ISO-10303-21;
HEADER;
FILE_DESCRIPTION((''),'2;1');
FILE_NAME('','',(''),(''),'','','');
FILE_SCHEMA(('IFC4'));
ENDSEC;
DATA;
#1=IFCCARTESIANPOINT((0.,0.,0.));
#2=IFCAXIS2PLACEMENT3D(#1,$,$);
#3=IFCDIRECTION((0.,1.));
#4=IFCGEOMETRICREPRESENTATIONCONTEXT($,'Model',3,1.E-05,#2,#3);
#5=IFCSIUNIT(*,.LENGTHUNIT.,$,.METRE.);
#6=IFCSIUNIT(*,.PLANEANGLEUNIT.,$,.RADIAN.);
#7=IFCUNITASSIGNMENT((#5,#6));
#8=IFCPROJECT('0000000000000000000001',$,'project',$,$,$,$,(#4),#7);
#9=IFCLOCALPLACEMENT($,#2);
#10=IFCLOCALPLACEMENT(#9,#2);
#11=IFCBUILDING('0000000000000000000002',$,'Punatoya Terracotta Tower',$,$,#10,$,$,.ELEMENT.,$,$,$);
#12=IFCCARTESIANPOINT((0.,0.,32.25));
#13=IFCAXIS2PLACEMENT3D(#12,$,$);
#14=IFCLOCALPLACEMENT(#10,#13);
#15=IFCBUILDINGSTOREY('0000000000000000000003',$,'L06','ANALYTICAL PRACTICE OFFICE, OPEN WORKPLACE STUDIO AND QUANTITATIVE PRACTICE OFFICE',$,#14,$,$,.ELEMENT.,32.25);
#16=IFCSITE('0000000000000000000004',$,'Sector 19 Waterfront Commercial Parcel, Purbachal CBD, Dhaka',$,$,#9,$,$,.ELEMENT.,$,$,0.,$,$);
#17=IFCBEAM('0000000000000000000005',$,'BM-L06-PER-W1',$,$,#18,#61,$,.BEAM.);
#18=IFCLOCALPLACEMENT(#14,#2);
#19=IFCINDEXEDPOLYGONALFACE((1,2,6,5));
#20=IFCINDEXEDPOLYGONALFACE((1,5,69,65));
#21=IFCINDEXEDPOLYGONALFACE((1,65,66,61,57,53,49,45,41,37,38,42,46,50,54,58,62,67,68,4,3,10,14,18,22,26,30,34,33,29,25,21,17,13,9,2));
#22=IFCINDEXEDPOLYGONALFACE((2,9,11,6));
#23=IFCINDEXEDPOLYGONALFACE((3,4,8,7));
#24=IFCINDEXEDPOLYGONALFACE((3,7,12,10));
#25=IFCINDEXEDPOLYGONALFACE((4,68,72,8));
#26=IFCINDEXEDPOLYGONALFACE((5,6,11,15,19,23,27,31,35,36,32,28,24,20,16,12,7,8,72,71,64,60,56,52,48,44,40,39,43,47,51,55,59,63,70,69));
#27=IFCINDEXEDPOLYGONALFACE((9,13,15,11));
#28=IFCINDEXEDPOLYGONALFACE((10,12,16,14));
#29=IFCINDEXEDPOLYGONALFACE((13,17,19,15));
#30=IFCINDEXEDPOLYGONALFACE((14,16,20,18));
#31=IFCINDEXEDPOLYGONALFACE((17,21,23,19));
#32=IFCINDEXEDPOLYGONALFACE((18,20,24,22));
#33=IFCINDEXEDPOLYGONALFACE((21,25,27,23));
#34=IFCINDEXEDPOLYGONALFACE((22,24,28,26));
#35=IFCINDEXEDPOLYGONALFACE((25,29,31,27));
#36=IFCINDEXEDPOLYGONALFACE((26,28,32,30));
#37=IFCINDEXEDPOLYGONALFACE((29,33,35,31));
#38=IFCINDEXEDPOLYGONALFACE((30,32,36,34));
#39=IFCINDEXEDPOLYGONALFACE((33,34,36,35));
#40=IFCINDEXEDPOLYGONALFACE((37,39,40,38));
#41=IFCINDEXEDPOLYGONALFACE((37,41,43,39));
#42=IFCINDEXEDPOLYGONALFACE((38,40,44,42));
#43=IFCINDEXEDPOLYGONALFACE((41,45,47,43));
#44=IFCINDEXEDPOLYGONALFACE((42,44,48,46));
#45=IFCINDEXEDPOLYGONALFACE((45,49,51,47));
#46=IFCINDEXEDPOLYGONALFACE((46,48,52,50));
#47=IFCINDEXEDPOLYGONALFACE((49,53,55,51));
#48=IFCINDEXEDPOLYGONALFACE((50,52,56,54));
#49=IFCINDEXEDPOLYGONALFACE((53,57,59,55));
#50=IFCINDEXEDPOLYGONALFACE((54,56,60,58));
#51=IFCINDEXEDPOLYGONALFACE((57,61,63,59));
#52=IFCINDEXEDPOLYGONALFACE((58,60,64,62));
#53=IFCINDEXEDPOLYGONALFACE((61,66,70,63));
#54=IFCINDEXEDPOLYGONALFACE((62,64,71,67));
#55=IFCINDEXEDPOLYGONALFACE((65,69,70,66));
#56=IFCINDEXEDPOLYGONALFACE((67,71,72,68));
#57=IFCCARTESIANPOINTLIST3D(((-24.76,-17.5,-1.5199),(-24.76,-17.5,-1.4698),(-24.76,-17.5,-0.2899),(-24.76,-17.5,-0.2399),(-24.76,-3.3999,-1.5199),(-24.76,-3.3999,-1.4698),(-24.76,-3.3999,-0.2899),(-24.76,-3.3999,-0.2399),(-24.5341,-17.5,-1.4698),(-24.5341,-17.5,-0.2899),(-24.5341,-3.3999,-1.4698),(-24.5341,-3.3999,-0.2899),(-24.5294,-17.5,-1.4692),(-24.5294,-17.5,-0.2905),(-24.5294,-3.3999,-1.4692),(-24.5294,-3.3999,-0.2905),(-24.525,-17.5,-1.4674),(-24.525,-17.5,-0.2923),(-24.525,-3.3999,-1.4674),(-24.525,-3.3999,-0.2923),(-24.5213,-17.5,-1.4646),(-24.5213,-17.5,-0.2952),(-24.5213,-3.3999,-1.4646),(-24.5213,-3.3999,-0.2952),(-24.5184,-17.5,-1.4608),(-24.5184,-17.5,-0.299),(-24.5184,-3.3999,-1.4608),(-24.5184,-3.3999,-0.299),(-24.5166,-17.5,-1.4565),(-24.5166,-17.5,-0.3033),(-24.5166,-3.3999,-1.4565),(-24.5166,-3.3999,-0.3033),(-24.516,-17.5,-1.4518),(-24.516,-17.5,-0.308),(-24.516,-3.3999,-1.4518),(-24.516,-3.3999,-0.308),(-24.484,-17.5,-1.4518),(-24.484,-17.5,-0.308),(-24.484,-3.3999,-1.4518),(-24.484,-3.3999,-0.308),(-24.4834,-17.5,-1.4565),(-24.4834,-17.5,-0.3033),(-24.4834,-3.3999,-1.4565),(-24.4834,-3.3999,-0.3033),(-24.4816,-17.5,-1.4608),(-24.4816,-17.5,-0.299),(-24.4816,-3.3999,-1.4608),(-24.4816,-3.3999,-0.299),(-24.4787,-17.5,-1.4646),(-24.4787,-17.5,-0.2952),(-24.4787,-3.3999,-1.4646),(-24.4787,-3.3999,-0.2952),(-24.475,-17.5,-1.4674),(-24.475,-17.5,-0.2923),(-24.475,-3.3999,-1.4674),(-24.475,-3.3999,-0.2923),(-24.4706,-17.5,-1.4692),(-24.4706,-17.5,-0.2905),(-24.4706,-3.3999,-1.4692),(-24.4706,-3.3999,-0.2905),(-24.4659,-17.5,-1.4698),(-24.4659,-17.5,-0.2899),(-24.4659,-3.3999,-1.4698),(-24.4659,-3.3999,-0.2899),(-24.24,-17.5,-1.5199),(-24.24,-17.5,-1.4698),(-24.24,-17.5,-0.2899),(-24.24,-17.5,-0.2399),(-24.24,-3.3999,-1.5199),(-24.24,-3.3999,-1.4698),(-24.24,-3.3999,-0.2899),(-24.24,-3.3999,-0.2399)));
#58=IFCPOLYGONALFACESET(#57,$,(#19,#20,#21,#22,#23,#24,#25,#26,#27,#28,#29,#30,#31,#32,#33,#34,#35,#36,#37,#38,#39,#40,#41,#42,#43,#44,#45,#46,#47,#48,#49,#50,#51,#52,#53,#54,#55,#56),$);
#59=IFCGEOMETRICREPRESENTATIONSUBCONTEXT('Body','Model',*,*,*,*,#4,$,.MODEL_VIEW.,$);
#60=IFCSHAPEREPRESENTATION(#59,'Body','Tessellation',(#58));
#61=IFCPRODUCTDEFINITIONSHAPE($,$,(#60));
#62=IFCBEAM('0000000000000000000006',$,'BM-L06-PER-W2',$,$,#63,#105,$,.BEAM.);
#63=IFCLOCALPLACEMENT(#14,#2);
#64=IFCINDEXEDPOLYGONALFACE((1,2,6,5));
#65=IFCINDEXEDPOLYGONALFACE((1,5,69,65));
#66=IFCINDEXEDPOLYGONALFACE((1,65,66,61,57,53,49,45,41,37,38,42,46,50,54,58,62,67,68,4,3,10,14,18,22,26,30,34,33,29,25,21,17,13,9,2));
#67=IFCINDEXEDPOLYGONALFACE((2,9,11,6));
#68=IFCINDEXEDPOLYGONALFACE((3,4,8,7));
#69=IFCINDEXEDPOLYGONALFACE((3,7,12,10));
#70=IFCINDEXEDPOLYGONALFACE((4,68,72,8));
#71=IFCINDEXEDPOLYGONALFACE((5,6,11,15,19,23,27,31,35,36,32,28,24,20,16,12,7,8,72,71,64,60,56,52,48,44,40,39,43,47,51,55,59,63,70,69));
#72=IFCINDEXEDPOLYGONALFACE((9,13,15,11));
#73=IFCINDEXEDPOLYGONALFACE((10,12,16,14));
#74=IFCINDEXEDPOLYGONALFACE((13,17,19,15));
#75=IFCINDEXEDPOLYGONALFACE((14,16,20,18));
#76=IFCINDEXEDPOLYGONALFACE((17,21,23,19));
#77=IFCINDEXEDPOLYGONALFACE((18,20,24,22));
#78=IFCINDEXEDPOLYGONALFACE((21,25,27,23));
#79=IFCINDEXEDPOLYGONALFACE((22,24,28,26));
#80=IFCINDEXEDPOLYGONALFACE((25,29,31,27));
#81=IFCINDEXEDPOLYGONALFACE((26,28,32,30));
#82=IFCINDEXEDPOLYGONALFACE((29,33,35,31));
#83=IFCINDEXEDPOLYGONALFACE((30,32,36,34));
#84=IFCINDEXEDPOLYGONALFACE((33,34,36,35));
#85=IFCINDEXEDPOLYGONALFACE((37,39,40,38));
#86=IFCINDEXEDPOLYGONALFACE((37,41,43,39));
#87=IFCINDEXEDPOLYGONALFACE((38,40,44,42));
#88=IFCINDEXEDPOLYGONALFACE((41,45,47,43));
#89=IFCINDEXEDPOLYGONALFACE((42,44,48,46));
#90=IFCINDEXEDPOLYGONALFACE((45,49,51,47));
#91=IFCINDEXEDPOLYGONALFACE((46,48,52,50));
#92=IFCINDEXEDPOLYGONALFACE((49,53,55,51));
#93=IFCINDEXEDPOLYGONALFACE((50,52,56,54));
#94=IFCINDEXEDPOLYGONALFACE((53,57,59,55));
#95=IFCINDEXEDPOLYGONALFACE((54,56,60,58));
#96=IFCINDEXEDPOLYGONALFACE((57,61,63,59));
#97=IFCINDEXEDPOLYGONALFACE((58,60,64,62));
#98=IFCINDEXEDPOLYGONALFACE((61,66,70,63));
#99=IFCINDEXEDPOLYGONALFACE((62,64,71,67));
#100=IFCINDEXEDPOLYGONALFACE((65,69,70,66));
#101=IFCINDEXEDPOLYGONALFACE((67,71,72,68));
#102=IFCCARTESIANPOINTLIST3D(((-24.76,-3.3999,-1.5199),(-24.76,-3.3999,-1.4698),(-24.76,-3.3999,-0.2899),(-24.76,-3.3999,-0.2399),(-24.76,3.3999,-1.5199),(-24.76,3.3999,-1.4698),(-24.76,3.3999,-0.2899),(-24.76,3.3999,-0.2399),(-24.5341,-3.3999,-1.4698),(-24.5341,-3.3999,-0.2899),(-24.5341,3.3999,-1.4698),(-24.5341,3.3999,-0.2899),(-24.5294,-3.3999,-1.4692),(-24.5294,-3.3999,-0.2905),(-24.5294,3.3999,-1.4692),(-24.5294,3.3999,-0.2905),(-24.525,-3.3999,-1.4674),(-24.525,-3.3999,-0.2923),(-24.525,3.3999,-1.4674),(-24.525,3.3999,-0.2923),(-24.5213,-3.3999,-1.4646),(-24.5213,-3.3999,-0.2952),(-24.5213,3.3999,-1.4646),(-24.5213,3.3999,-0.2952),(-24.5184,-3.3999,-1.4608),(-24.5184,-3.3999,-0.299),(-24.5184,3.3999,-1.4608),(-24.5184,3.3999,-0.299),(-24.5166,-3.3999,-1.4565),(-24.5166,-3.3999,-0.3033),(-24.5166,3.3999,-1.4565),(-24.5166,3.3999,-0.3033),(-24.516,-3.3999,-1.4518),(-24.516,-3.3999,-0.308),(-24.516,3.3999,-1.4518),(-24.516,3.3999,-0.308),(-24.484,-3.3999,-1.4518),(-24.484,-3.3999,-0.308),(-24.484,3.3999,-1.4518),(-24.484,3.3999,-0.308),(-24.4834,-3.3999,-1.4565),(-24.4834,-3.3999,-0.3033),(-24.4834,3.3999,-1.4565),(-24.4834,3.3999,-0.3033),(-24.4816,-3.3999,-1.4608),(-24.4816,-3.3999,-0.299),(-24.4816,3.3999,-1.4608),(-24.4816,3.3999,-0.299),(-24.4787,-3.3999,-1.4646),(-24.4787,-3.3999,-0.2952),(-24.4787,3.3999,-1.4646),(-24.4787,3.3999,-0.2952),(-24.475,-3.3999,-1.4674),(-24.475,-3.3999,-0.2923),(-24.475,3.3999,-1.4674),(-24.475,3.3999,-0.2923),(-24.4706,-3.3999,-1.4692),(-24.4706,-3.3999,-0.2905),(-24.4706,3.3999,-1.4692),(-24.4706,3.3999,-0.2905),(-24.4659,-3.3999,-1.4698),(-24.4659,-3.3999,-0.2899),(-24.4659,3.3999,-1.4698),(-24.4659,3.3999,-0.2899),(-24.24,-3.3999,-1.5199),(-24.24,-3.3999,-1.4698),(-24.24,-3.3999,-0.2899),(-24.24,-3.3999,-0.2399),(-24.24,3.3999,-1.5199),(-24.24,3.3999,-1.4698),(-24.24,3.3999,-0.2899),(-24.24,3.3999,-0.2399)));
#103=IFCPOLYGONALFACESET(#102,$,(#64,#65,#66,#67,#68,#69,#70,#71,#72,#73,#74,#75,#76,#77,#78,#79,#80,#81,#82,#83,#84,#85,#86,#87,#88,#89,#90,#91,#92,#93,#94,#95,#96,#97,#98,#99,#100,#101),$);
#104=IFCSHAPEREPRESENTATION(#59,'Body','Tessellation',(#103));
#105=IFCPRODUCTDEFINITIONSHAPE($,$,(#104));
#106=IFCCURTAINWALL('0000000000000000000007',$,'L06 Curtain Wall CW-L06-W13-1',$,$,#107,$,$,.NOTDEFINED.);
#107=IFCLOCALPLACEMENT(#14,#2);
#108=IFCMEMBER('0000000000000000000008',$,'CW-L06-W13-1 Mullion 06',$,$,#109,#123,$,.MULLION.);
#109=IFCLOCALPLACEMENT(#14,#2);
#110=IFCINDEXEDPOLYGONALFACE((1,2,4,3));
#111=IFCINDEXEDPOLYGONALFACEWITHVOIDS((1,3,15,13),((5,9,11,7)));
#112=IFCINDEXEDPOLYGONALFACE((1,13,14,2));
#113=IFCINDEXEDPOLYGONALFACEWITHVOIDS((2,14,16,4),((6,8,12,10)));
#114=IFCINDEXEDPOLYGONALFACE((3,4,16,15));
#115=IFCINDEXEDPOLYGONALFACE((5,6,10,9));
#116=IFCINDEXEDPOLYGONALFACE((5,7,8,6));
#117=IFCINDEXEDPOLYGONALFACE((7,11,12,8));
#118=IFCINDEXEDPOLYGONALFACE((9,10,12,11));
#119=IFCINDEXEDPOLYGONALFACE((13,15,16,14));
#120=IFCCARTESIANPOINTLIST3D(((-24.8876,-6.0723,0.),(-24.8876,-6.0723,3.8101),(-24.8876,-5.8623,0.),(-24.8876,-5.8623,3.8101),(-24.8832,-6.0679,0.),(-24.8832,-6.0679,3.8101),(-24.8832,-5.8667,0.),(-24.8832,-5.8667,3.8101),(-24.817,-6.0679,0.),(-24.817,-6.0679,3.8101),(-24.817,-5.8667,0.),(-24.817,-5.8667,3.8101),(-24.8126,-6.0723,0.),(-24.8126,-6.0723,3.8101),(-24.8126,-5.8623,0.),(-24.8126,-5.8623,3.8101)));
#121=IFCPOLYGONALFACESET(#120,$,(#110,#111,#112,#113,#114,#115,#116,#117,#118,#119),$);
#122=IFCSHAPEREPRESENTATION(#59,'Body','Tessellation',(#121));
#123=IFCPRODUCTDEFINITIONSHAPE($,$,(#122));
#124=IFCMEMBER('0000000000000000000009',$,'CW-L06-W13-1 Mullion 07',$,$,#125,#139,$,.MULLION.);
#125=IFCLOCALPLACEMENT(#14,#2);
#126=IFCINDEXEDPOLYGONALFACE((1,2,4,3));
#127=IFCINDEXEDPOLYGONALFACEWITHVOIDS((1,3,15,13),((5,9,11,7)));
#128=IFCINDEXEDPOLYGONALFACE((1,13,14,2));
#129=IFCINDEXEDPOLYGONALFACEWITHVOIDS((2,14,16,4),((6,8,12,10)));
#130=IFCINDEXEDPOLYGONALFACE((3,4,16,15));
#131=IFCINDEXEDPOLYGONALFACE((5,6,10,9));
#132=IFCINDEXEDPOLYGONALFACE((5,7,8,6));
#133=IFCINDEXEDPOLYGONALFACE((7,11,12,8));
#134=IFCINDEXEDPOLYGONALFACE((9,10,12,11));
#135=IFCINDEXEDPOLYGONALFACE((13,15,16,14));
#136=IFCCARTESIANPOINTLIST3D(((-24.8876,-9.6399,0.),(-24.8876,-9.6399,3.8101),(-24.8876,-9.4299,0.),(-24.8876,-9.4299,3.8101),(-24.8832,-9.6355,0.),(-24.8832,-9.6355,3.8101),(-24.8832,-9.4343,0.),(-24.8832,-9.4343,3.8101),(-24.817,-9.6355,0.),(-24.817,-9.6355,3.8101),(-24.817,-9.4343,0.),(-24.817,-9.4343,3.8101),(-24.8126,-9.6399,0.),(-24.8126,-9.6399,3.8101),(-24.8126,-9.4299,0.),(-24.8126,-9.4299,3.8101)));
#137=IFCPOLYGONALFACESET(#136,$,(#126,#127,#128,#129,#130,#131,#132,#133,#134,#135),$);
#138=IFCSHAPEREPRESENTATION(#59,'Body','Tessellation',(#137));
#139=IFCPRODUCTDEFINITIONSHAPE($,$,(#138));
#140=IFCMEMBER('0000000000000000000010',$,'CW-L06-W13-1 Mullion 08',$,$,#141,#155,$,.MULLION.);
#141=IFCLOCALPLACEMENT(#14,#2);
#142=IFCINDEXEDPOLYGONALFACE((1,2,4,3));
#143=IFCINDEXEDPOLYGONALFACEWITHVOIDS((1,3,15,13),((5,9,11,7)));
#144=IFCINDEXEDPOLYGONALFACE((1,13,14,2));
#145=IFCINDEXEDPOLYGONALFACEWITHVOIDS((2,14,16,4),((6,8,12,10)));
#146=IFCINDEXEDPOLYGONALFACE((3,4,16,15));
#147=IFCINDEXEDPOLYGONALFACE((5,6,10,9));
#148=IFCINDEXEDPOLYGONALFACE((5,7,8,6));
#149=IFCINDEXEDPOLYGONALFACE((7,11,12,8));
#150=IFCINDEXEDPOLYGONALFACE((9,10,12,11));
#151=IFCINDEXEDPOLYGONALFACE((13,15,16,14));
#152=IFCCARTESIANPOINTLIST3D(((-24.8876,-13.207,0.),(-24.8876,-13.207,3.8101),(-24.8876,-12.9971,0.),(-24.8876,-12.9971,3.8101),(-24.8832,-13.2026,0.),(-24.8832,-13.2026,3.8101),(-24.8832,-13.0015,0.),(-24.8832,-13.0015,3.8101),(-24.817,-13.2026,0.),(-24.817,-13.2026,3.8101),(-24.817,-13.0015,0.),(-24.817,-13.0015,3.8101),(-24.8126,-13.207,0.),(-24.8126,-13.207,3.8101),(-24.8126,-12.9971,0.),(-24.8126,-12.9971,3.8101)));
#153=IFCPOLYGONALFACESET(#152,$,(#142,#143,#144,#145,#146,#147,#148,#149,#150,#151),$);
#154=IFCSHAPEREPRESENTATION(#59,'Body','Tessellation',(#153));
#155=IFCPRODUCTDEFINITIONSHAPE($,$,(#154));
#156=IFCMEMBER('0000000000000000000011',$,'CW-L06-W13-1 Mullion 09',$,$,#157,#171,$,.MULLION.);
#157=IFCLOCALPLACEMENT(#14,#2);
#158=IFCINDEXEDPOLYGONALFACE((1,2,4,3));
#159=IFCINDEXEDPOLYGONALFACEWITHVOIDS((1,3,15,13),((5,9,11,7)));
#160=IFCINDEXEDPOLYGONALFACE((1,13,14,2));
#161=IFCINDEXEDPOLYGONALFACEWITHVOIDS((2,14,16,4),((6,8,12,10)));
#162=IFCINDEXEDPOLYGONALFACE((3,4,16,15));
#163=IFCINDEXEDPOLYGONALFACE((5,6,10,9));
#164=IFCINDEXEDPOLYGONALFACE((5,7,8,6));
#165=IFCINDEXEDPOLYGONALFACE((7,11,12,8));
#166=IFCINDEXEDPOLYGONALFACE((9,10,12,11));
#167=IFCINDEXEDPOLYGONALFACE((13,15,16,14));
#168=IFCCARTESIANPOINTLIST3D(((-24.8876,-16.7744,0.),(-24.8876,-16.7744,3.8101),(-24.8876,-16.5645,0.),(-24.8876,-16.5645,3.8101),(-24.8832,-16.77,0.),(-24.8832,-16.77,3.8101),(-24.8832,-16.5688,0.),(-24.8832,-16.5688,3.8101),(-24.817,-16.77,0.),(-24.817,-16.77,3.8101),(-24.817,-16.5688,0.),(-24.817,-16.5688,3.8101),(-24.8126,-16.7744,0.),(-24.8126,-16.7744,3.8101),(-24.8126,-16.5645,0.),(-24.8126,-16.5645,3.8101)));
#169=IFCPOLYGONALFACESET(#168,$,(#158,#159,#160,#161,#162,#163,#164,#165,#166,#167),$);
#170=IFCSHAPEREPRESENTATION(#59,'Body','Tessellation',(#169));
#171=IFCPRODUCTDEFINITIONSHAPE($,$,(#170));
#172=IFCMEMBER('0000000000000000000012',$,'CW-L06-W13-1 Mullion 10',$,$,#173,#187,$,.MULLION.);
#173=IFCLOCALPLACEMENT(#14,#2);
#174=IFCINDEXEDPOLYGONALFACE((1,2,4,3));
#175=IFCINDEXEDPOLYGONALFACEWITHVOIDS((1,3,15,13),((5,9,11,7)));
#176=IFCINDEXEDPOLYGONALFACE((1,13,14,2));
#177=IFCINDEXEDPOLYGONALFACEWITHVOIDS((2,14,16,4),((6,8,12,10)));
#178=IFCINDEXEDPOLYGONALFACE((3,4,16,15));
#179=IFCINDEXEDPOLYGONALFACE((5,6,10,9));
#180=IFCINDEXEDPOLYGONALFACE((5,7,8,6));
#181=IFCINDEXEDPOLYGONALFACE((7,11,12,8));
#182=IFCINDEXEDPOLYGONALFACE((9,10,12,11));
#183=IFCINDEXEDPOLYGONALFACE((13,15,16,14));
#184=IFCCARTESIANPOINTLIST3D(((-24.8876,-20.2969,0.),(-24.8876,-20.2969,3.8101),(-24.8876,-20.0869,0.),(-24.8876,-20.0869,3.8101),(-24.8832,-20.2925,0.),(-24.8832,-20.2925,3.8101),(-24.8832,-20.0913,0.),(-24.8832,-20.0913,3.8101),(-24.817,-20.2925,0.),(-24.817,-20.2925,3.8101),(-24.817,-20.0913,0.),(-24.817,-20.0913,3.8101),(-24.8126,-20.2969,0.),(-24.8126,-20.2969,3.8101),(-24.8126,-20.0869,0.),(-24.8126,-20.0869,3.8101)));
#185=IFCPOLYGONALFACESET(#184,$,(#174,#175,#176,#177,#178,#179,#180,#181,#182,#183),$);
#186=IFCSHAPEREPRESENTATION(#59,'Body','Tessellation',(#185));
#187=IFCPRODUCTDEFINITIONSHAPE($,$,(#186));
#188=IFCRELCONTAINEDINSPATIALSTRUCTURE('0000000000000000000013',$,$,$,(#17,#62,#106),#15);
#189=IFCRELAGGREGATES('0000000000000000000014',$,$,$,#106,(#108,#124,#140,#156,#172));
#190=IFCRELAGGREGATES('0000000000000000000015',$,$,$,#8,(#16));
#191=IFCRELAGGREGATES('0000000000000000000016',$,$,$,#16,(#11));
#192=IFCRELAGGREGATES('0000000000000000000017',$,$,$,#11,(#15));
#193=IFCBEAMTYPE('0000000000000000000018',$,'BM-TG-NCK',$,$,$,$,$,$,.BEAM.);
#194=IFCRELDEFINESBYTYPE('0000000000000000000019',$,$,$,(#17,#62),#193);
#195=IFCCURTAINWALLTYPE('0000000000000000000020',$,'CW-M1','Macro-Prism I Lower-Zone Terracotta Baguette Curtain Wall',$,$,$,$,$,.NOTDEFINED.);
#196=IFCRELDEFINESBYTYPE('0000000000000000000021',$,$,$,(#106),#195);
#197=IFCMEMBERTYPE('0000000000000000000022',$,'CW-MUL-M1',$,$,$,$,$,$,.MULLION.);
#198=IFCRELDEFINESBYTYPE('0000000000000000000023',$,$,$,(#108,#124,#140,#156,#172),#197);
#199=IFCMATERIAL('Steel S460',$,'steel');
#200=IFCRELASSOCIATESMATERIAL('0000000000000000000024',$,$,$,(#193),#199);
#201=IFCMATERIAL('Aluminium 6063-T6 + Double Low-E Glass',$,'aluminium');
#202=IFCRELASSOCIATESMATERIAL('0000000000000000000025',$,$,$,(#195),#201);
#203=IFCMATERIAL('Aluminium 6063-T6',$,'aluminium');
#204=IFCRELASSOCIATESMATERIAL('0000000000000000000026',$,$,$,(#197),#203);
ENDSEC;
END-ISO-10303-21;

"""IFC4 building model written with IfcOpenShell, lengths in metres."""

from ifc_helpers import new_model, si_unit, direction, frame, origin, origin_2d, place, context, subcontext, project, spatial, hollow_rectangle, i_section, extrude, material, material_profile, profile_set, type_object, element, aggregate, save


model = new_model("IFC4")

# Units and contexts
model_context = context("Model", 3, precision=1e-05, world=origin(), true_north=direction((0.0, 1.0)))
body_context = subcontext(model_context, "Body", "Model", "MODEL_VIEW")
ifc_project = project(units=[si_unit("LENGTHUNIT", "METRE"), si_unit("PLANEANGLEUNIT", "RADIAN")], contexts=[model_context])

# Site, building, storey
site_placement = place(None, origin())
site = spatial("IfcSite", under=ifc_project, at=site_placement, Name="Sector 19 Waterfront Commercial Parcel, Purbachal CBD, Dhaka", CompositionType="ELEMENT", RefElevation=0.0)
building_placement = place(site_placement, origin())
building = spatial("IfcBuilding", under=site, at=building_placement, Name="Punatoya Terracotta Tower", CompositionType="ELEMENT")
storey_placement = place(building_placement, frame((0.0, 0.0, 32.25)))
storey = spatial("IfcBuildingStorey", under=building, at=storey_placement, Name="L06", Description="ANALYTICAL PRACTICE OFFICE, OPEN WORKPLACE STUDIO AND QUANTITATIVE PRACTICE OFFICE", CompositionType="ELEMENT", Elevation=32.25)

# Shared definitions
ifc_material_1 = material(Name="Steel S460", Category="steel")

# Beams
ifc_material_profile_1 = material_profile(ifc_material_1, i_section(OverallWidth=0.52, OverallDepth=1.28, WebThickness=0.032, FlangeThickness=0.05, FilletRadius=0.0181, at=origin_2d()))
ifc_profile_set_1 = profile_set([ifc_material_profile_1], Name="Steel S460")
beam_type_1 = type_object("IfcBeamType", Name="BM-TG-NCK", PredefinedType="BEAM", material=ifc_profile_set_1)
beam_1_placement = place(storey_placement, frame((-24.5, -17.5, -0.8799), z_axis=(0.0, 1.0, 0.0), x_axis=(-1.0, 0.0, 0.0)))
element("IfcBeam", 1, at=beam_1_placement, inside=storey, type_object=beam_type_1, Name="BM-L06-PER-W1", PredefinedType="BEAM", context=body_context, shape_type="SweptSolid", body=[
    extrude(i_section(OverallWidth=0.52, OverallDepth=1.28, WebThickness=0.032, FlangeThickness=0.05, FilletRadius=0.0181, at=origin_2d()), origin(), (0.0, 0.0, 1.0), 14.1001),
])
beam_2_placement = place(storey_placement, frame((-24.5, -3.3999, -0.8799), z_axis=(0.0, 1.0, 0.0), x_axis=(-1.0, 0.0, 0.0)))
element("IfcBeam", 2, at=beam_2_placement, inside=storey, type_object=beam_type_1, Name="BM-L06-PER-W2", PredefinedType="BEAM", context=body_context, shape_type="SweptSolid", body=[
    extrude(i_section(OverallWidth=0.52, OverallDepth=1.28, WebThickness=0.032, FlangeThickness=0.05, FilletRadius=0.0181, at=origin_2d()), origin(), (0.0, 0.0, 1.0), 6.7998),
])

# Curtain wall, members
ifc_material_2 = material(Name="Aluminium 6063-T6 + Double Low-E Glass", Category="aluminium")
curtain_wall_type = type_object("IfcCurtainWallType", Name="CW-M1", Description="Macro-Prism I Lower-Zone Terracotta Baguette Curtain Wall", PredefinedType="NOTDEFINED", material=ifc_material_2)
curtain_wall_1_placement = place(storey_placement, origin())
curtain_wall_1 = element("IfcCurtainWall", 3, at=curtain_wall_1_placement, inside=storey, type_object=curtain_wall_type, Name="L06 Curtain Wall CW-L06-W13-1", PredefinedType="NOTDEFINED")
ifc_material_3 = material(Name="Aluminium 6063-T6", Category="aluminium")
ifc_material_profile_2 = material_profile(ifc_material_3, hollow_rectangle(XDim=0.075, YDim=0.21, WallThickness=0.0044, at=origin_2d()))
ifc_profile_set_2 = profile_set([ifc_material_profile_2], Name="Aluminium 6063-T6")
member_type_1 = type_object("IfcMemberType", Name="CW-MUL-M1", PredefinedType="MULLION", material=ifc_profile_set_2)
member_1_placement = place(storey_placement, frame((-24.8501, -5.9673, 0.0), z_axis=(0.0, 0.0, 1.0), x_axis=(1.0, 0.0, 0.0)))
member_1 = element("IfcMember", 4, at=member_1_placement, type_object=member_type_1, Name="CW-L06-W13-1 Mullion 06", PredefinedType="MULLION", context=body_context, shape_type="SweptSolid", body=[
    extrude(hollow_rectangle(XDim=0.075, YDim=0.21, WallThickness=0.0044, at=origin_2d()), origin(), (0.0, 0.0, 1.0), 3.8101),
])
member_2_placement = place(storey_placement, frame((-24.8501, -9.5349, 0.0), z_axis=(0.0, 0.0, 1.0), x_axis=(1.0, 0.0, 0.0)))
member_2 = element("IfcMember", 5, at=member_2_placement, type_object=member_type_1, Name="CW-L06-W13-1 Mullion 07", PredefinedType="MULLION", context=body_context, shape_type="SweptSolid", body=[
    extrude(hollow_rectangle(XDim=0.075, YDim=0.21, WallThickness=0.0044, at=origin_2d()), origin(), (0.0, 0.0, 1.0), 3.8101),
])
member_3_placement = place(storey_placement, frame((-24.8501, -13.1021, 0.0), z_axis=(0.0, 0.0, 1.0), x_axis=(1.0, 0.0, 0.0)))
member_3 = element("IfcMember", 6, at=member_3_placement, type_object=member_type_1, Name="CW-L06-W13-1 Mullion 08", PredefinedType="MULLION", context=body_context, shape_type="SweptSolid", body=[
    extrude(hollow_rectangle(XDim=0.075, YDim=0.21, WallThickness=0.0044, at=origin_2d()), origin(), (0.0, 0.0, 1.0), 3.8101),
])
member_4_placement = place(storey_placement, frame((-24.8501, -16.6694, 0.0), z_axis=(0.0, 0.0, 1.0), x_axis=(1.0, 0.0, 0.0)))
member_4 = element("IfcMember", 7, at=member_4_placement, type_object=member_type_1, Name="CW-L06-W13-1 Mullion 09", PredefinedType="MULLION", context=body_context, shape_type="SweptSolid", body=[
    extrude(hollow_rectangle(XDim=0.075, YDim=0.21, WallThickness=0.0044, at=origin_2d()), origin(), (0.0, 0.0, 1.0), 3.8101),
])
member_5_placement = place(storey_placement, frame((-24.8501, -20.1919, 0.0), z_axis=(0.0, 0.0, 1.0), x_axis=(1.0, 0.0, 0.0)))
member_5 = element("IfcMember", 8, at=member_5_placement, type_object=member_type_1, Name="CW-L06-W13-1 Mullion 10", PredefinedType="MULLION", context=body_context, shape_type="SweptSolid", body=[
    extrude(hollow_rectangle(XDim=0.075, YDim=0.21, WallThickness=0.0044, at=origin_2d()), origin(), (0.0, 0.0, 1.0), 3.8101),
])

aggregate(curtain_wall_1, [member_1, member_2, member_3, member_4, member_5])

save(model, "model.ifc")
